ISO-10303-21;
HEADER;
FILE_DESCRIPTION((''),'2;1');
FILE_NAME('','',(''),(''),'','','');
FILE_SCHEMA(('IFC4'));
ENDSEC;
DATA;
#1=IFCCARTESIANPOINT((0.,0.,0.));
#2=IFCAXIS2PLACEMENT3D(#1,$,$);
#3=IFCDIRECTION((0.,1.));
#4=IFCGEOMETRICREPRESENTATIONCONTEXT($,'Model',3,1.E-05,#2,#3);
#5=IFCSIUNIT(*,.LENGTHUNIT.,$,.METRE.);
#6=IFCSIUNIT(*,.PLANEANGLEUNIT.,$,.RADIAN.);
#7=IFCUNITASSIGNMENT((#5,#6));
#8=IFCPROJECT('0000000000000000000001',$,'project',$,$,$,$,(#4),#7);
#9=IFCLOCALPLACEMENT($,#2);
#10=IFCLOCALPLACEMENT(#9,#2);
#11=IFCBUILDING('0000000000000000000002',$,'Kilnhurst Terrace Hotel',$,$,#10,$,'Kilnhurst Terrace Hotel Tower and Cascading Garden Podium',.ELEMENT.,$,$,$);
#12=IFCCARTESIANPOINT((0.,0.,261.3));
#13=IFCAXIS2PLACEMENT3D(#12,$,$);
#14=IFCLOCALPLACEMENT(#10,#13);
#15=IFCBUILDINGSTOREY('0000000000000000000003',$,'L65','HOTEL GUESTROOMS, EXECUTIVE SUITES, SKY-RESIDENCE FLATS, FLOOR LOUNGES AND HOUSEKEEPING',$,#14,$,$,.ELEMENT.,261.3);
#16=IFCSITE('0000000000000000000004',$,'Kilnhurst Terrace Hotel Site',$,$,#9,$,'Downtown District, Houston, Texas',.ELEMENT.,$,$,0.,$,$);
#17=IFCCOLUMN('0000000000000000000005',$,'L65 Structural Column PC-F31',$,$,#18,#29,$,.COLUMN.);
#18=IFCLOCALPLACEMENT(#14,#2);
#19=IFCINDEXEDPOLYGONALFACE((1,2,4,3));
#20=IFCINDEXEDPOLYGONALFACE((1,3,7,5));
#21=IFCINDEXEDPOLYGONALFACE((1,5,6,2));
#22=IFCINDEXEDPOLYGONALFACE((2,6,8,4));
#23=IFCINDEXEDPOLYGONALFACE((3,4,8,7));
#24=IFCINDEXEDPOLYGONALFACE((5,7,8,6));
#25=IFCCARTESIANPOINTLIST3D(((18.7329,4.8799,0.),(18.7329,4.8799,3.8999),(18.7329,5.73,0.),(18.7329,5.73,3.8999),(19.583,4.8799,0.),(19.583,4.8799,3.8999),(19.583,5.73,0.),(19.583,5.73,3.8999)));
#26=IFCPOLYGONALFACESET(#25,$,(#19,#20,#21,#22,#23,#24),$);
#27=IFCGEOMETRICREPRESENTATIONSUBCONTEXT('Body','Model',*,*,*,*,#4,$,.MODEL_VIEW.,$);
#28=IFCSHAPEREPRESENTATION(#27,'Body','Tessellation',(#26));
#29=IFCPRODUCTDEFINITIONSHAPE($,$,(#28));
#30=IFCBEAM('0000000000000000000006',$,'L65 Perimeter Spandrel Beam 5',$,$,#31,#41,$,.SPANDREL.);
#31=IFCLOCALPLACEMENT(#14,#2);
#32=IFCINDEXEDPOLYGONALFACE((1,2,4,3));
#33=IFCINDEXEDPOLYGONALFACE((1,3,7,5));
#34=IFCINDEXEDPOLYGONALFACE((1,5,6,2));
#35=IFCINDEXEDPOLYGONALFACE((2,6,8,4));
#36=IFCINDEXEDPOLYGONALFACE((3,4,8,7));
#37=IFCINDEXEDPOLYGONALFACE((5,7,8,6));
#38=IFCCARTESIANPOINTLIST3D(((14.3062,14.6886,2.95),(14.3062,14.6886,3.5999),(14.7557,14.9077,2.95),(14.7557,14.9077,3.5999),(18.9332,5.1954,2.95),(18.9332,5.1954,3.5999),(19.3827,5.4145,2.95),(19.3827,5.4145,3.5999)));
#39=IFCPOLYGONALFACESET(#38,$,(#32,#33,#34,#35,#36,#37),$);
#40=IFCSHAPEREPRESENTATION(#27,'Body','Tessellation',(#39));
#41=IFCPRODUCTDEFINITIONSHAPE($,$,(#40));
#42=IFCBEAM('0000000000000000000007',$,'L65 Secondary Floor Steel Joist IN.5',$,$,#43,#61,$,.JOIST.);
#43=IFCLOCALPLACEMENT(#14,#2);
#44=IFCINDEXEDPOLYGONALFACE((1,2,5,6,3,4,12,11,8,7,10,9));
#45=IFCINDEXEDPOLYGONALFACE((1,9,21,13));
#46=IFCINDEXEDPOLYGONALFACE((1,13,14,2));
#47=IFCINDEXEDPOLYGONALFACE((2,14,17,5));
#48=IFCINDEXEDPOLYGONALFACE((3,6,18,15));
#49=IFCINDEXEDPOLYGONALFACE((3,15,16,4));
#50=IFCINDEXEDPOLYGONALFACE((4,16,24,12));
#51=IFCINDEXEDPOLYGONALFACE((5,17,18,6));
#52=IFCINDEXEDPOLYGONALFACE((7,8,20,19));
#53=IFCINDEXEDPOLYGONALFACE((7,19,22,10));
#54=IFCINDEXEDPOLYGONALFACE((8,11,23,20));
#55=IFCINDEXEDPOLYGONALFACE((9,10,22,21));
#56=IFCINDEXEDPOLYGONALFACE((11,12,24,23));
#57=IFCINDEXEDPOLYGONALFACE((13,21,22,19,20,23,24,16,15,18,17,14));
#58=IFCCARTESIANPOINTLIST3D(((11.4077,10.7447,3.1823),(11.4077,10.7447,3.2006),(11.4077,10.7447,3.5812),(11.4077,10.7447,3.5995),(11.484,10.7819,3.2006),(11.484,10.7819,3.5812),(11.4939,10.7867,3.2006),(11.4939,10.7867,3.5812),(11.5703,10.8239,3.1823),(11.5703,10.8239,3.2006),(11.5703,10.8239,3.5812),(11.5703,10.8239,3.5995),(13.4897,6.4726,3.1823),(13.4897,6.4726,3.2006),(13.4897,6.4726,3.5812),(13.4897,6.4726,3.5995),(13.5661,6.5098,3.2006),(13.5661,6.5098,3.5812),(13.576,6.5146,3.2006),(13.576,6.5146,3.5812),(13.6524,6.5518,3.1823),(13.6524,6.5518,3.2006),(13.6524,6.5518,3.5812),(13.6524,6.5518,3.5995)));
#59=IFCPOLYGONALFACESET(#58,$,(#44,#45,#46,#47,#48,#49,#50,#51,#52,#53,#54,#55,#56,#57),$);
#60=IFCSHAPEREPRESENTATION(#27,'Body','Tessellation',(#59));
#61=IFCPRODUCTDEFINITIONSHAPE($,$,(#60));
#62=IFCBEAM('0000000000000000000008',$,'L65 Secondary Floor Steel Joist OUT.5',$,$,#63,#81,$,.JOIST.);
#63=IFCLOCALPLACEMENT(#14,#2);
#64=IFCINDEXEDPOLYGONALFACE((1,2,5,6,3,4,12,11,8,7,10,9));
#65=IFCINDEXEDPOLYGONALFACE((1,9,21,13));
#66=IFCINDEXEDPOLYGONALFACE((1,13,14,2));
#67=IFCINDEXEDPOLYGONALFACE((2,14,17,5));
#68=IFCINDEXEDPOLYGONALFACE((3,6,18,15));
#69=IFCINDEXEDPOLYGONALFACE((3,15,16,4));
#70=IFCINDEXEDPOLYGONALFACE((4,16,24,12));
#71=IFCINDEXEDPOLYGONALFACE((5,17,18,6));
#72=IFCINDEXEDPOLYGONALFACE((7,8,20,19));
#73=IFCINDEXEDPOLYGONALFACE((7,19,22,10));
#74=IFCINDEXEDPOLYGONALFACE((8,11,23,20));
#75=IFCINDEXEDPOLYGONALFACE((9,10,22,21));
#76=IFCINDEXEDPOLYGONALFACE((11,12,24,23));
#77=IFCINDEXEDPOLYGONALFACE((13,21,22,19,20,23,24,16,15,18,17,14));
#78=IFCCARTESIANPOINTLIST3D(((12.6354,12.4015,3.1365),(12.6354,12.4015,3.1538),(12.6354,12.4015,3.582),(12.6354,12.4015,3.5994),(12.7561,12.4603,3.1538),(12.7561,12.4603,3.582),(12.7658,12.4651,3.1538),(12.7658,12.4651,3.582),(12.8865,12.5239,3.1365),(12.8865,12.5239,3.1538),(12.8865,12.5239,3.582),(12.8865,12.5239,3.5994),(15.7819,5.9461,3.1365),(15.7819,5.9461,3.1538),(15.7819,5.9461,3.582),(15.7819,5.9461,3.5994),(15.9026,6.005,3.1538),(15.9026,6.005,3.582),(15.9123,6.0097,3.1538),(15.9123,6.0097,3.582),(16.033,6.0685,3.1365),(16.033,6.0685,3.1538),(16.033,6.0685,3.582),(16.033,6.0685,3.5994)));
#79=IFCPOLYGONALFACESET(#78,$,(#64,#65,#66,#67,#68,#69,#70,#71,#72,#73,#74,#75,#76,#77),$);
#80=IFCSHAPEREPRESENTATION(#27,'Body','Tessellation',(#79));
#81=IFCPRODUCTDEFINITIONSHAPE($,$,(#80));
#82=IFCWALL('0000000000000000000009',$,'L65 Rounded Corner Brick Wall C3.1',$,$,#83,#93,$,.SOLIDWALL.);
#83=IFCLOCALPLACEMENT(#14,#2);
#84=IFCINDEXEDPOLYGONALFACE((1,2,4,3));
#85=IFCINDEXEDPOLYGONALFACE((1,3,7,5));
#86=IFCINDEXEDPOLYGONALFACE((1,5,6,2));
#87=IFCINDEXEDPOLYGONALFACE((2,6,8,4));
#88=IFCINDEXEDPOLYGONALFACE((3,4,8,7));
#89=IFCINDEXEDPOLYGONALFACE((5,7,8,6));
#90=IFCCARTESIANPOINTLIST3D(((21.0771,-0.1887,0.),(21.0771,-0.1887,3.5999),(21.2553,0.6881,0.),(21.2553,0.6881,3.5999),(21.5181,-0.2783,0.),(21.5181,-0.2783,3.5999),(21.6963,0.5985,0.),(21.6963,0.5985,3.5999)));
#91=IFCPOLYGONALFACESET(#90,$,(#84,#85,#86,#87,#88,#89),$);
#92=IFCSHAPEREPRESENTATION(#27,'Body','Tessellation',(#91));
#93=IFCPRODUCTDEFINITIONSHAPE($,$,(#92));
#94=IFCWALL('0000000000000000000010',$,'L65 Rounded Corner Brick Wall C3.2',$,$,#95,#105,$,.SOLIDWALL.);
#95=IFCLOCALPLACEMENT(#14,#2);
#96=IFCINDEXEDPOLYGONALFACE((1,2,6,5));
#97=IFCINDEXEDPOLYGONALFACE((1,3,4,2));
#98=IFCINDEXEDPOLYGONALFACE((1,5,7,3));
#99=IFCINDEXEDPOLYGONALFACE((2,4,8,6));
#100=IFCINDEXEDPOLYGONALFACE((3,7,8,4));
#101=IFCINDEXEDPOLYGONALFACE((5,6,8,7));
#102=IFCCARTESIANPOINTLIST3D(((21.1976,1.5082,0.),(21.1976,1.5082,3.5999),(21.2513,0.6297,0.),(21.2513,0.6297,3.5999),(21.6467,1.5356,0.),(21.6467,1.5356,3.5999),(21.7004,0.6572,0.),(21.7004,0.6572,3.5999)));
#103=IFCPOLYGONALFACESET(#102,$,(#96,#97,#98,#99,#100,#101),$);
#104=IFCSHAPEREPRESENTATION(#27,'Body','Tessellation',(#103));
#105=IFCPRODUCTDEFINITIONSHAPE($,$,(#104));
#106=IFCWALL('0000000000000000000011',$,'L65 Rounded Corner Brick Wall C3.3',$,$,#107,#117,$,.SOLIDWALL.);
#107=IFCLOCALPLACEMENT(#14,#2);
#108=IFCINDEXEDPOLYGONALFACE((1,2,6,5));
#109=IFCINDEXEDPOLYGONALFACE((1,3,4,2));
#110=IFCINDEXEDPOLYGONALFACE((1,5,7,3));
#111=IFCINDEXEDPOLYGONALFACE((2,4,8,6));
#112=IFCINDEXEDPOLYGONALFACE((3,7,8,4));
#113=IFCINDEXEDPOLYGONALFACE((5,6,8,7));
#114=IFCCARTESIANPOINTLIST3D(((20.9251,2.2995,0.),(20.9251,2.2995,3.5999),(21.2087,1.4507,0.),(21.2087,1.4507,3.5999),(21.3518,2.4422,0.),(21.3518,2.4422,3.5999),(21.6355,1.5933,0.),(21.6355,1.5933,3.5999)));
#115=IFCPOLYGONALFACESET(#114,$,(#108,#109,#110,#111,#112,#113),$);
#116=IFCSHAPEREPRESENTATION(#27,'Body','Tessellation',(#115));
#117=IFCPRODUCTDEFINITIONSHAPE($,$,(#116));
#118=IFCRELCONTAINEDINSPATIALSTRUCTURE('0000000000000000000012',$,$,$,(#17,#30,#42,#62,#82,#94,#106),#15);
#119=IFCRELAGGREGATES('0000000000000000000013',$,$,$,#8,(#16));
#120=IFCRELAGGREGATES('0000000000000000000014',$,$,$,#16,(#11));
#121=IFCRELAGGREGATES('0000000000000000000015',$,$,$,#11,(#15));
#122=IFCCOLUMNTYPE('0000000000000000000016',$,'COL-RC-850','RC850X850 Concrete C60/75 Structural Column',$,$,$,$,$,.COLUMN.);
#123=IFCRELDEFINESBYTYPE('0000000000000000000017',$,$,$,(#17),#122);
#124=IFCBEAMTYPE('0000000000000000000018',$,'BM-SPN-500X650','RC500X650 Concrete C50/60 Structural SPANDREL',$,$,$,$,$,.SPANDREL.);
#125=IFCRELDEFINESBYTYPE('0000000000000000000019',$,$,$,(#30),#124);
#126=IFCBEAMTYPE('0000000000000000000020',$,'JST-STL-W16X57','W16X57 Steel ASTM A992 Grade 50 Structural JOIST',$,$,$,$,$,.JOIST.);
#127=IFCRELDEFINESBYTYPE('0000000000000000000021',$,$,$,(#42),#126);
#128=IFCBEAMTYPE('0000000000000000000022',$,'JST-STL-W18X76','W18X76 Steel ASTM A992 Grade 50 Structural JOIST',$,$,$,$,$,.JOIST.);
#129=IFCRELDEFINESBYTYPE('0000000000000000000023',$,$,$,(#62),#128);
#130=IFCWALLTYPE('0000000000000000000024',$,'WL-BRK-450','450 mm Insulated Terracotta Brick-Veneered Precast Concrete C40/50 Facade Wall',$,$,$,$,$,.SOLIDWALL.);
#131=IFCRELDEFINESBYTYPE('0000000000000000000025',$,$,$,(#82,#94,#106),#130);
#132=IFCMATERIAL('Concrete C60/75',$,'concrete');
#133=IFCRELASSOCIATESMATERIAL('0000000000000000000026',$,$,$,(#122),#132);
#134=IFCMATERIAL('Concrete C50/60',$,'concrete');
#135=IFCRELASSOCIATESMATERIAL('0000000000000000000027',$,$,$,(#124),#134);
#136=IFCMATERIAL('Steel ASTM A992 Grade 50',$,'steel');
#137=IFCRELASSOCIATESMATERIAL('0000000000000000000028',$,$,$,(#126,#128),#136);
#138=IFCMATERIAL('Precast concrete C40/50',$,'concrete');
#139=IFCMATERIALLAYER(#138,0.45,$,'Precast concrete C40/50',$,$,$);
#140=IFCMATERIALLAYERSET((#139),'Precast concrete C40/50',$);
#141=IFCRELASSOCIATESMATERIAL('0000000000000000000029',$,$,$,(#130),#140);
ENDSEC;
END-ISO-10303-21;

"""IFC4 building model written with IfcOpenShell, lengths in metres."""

from ifc_helpers import new_model, si_unit, direction, frame, frame_2d, origin, origin_2d, place, context, subcontext, project, spatial, rectangle, i_section, extrude, material, layer, layer_set, material_profile, profile_set, type_object, element, save


model = new_model("IFC4")

# Units and contexts
model_context = context("Model", 3, precision=1e-05, world=origin(), true_north=direction((0.0, 1.0)))
body_context = subcontext(model_context, "Body", "Model", "MODEL_VIEW")
ifc_project = project(units=[si_unit("LENGTHUNIT", "METRE"), si_unit("PLANEANGLEUNIT", "RADIAN")], contexts=[model_context])

# Site, building, storey
site_placement = place(None, origin())
site = spatial("IfcSite", under=ifc_project, at=site_placement, Name="Kilnhurst Terrace Hotel Site", LongName="Downtown District, Houston, Texas", CompositionType="ELEMENT", RefElevation=0.0)
building_placement = place(site_placement, origin())
building = spatial("IfcBuilding", under=site, at=building_placement, Name="Kilnhurst Terrace Hotel", LongName="Kilnhurst Terrace Hotel Tower and Cascading Garden Podium", CompositionType="ELEMENT")
storey_placement = place(building_placement, frame((0.0, 0.0, 261.3)))
storey = spatial("IfcBuildingStorey", under=building, at=storey_placement, Name="L65", Description="HOTEL GUESTROOMS, EXECUTIVE SUITES, SKY-RESIDENCE FLATS, FLOOR LOUNGES AND HOUSEKEEPING", CompositionType="ELEMENT", Elevation=261.3)

# Column
ifc_material_1 = material(Name="Concrete C60/75", Category="concrete")
ifc_material_profile_1 = material_profile(ifc_material_1, rectangle(XDim=0.8501, YDim=0.8501, at=origin_2d()), Name="RC850X850")
ifc_profile_set_1 = profile_set([ifc_material_profile_1], Name="Concrete C60/75")
column_type = type_object("IfcColumnType", Name="COL-RC-850", Description="RC850X850 Concrete C60/75 Structural Column", PredefinedType="COLUMN", material=ifc_profile_set_1)
column_placement = place(storey_placement, frame((19.158, 5.3049, 0.0), z_axis=(0.0, 0.0, 1.0), x_axis=(1.0, 0.0, 0.0)))
element("IfcColumn", 1, at=column_placement, inside=storey, type_object=column_type, Name="L65 Structural Column PC-F31", PredefinedType="COLUMN", context=body_context, shape_type="SweptSolid", body=[
    extrude(rectangle(XDim=0.8501, YDim=0.8501, at=origin_2d()), origin(), (0.0, 0.0, 1.0), 3.8999),
])

# Beams
ifc_material_2 = material(Name="Concrete C50/60", Category="concrete")
ifc_material_profile_2 = material_profile(ifc_material_2, rectangle(XDim=0.5, YDim=0.6499, at=origin_2d()), Name="RC500X650")
ifc_profile_set_2 = profile_set([ifc_material_profile_2], Name="Concrete C50/60")
beam_type_1 = type_object("IfcBeamType", Name="BM-SPN-500X650", Description="RC500X650 Concrete C50/60 Structural SPANDREL", PredefinedType="SPANDREL", material=ifc_profile_set_2)
beam_1_placement = place(storey_placement, frame((19.158, 5.3049, 3.2749), z_axis=(-0.438128, 0.898912, 0.0), x_axis=(-0.898912, -0.438128, 0.0)))
element("IfcBeam", 2, at=beam_1_placement, inside=storey, type_object=beam_type_1, Name="L65 Perimeter Spandrel Beam 5", PredefinedType="SPANDREL", context=body_context, shape_type="SweptSolid", body=[
    extrude(rectangle(XDim=0.5, YDim=0.6499, at=origin_2d()), origin(), (0.0, 0.0, 1.0), 10.5608),
])
ifc_material_3 = material(Name="Steel ASTM A992 Grade 50", Category="steel")
ifc_material_profile_3 = material_profile(ifc_material_3, i_section(OverallWidth=0.1809, OverallDepth=0.4172, WebThickness=0.011, FlangeThickness=0.0183, at=origin_2d()), Name="W16X57")
ifc_profile_set_3 = profile_set([ifc_material_profile_3], Name="Steel ASTM A992 Grade 50")
beam_type_2 = type_object("IfcBeamType", Name="JST-STL-W16X57", Description="W16X57 Steel ASTM A992 Grade 50 Structural JOIST", PredefinedType="JOIST", material=ifc_profile_set_3)
beam_2_placement = place(storey_placement, frame((13.571, 6.5122, 3.3909), z_axis=(-0.438108, 0.898922, 0.0), x_axis=(-0.898922, -0.438108, 0.0)))
element("IfcBeam", 3, at=beam_2_placement, inside=storey, type_object=beam_type_2, Name="L65 Secondary Floor Steel Joist IN.5", PredefinedType="JOIST", context=body_context, shape_type="SweptSolid", body=[
    extrude(i_section(OverallWidth=0.1809, OverallDepth=0.4172, WebThickness=0.011, FlangeThickness=0.0183, at=origin_2d()), origin(), (0.0, 0.0, 1.0), 4.7524),
])
ifc_material_profile_4 = material_profile(ifc_material_3, i_section(OverallWidth=0.2793, OverallDepth=0.4629, WebThickness=0.0107, FlangeThickness=0.0173, at=origin_2d()), Name="W18X76")
ifc_profile_set_4 = profile_set([ifc_material_profile_4], Name="Steel ASTM A992 Grade 50")
beam_type_3 = type_object("IfcBeamType", Name="JST-STL-W18X76", Description="W18X76 Steel ASTM A992 Grade 50 Structural JOIST", PredefinedType="JOIST", material=ifc_profile_set_4)
beam_3_placement = place(storey_placement, frame((15.9075, 6.0073, 3.3679), z_axis=(-0.438148, 0.898903, 0.0), x_axis=(-0.898903, -0.438148, 0.0)))
element("IfcBeam", 4, at=beam_3_placement, inside=storey, type_object=beam_type_3, Name="L65 Secondary Floor Steel Joist OUT.5", PredefinedType="JOIST", context=body_context, shape_type="SweptSolid", body=[
    extrude(i_section(OverallWidth=0.2793, OverallDepth=0.4629, WebThickness=0.0107, FlangeThickness=0.0173, at=origin_2d()), origin(), (0.0, 0.0, 1.0), 7.1814),
])

# Walls
ifc_material_4 = material(Name="Precast concrete C40/50", Category="concrete")
ifc_layer_1 = layer(ifc_material_4, 0.45, Name="Precast concrete C40/50")
ifc_layer_set_1 = layer_set([ifc_layer_1], Name="Precast concrete C40/50")
wall_type_1 = type_object("IfcWallType", Name="WL-BRK-450", Description="450 mm Insulated Terracotta Brick-Veneered Precast Concrete C40/50 Facade Wall", PredefinedType="SOLIDWALL", material=ifc_layer_set_1)
wall_1_placement = place(storey_placement, frame((21.2976, -0.2334, 0.0), z_axis=(0.0, 0.0, 1.0), x_axis=(0.199158, 0.979967, 0.0)))
element("IfcWall", 5, at=wall_1_placement, inside=storey, type_object=wall_type_1, Name="L65 Rounded Corner Brick Wall C3.1", PredefinedType="SOLIDWALL", context=body_context, shape_type="SweptSolid", body=[
    extrude(rectangle(XDim=0.8948, YDim=0.45, at=frame_2d((0.4473, 0.0))), origin(), (0.0, 0.0, 1.0), 3.5999),
])
wall_2_placement = place(storey_placement, frame((21.4758, 0.6436, 0.0), z_axis=(0.0, 0.0, 1.0), x_axis=(-0.061031, 0.998136, 0.0)))
element("IfcWall", 6, at=wall_2_placement, inside=storey, type_object=wall_type_1, Name="L65 Rounded Corner Brick Wall C3.2", PredefinedType="SOLIDWALL", context=body_context, shape_type="SweptSolid", body=[
    extrude(rectangle(XDim=0.8801, YDim=0.45, at=frame_2d((0.4399, 0.0))), origin(), (0.0, 0.0, 1.0), 3.5999),
])
wall_3_placement = place(storey_placement, frame((21.4221, 1.522, 0.0), z_axis=(0.0, 0.0, 1.0), x_axis=(-0.316964, 0.948438, 0.0)))
element("IfcWall", 7, at=wall_3_placement, inside=storey, type_object=wall_type_1, Name="L65 Rounded Corner Brick Wall C3.3", PredefinedType="SOLIDWALL", context=body_context, shape_type="SweptSolid", body=[
    extrude(rectangle(XDim=0.895, YDim=0.45, at=frame_2d((0.4475, 0.0))), origin(), (0.0, 0.0, 1.0), 3.5999),
])

save(model, "model.ifc")
